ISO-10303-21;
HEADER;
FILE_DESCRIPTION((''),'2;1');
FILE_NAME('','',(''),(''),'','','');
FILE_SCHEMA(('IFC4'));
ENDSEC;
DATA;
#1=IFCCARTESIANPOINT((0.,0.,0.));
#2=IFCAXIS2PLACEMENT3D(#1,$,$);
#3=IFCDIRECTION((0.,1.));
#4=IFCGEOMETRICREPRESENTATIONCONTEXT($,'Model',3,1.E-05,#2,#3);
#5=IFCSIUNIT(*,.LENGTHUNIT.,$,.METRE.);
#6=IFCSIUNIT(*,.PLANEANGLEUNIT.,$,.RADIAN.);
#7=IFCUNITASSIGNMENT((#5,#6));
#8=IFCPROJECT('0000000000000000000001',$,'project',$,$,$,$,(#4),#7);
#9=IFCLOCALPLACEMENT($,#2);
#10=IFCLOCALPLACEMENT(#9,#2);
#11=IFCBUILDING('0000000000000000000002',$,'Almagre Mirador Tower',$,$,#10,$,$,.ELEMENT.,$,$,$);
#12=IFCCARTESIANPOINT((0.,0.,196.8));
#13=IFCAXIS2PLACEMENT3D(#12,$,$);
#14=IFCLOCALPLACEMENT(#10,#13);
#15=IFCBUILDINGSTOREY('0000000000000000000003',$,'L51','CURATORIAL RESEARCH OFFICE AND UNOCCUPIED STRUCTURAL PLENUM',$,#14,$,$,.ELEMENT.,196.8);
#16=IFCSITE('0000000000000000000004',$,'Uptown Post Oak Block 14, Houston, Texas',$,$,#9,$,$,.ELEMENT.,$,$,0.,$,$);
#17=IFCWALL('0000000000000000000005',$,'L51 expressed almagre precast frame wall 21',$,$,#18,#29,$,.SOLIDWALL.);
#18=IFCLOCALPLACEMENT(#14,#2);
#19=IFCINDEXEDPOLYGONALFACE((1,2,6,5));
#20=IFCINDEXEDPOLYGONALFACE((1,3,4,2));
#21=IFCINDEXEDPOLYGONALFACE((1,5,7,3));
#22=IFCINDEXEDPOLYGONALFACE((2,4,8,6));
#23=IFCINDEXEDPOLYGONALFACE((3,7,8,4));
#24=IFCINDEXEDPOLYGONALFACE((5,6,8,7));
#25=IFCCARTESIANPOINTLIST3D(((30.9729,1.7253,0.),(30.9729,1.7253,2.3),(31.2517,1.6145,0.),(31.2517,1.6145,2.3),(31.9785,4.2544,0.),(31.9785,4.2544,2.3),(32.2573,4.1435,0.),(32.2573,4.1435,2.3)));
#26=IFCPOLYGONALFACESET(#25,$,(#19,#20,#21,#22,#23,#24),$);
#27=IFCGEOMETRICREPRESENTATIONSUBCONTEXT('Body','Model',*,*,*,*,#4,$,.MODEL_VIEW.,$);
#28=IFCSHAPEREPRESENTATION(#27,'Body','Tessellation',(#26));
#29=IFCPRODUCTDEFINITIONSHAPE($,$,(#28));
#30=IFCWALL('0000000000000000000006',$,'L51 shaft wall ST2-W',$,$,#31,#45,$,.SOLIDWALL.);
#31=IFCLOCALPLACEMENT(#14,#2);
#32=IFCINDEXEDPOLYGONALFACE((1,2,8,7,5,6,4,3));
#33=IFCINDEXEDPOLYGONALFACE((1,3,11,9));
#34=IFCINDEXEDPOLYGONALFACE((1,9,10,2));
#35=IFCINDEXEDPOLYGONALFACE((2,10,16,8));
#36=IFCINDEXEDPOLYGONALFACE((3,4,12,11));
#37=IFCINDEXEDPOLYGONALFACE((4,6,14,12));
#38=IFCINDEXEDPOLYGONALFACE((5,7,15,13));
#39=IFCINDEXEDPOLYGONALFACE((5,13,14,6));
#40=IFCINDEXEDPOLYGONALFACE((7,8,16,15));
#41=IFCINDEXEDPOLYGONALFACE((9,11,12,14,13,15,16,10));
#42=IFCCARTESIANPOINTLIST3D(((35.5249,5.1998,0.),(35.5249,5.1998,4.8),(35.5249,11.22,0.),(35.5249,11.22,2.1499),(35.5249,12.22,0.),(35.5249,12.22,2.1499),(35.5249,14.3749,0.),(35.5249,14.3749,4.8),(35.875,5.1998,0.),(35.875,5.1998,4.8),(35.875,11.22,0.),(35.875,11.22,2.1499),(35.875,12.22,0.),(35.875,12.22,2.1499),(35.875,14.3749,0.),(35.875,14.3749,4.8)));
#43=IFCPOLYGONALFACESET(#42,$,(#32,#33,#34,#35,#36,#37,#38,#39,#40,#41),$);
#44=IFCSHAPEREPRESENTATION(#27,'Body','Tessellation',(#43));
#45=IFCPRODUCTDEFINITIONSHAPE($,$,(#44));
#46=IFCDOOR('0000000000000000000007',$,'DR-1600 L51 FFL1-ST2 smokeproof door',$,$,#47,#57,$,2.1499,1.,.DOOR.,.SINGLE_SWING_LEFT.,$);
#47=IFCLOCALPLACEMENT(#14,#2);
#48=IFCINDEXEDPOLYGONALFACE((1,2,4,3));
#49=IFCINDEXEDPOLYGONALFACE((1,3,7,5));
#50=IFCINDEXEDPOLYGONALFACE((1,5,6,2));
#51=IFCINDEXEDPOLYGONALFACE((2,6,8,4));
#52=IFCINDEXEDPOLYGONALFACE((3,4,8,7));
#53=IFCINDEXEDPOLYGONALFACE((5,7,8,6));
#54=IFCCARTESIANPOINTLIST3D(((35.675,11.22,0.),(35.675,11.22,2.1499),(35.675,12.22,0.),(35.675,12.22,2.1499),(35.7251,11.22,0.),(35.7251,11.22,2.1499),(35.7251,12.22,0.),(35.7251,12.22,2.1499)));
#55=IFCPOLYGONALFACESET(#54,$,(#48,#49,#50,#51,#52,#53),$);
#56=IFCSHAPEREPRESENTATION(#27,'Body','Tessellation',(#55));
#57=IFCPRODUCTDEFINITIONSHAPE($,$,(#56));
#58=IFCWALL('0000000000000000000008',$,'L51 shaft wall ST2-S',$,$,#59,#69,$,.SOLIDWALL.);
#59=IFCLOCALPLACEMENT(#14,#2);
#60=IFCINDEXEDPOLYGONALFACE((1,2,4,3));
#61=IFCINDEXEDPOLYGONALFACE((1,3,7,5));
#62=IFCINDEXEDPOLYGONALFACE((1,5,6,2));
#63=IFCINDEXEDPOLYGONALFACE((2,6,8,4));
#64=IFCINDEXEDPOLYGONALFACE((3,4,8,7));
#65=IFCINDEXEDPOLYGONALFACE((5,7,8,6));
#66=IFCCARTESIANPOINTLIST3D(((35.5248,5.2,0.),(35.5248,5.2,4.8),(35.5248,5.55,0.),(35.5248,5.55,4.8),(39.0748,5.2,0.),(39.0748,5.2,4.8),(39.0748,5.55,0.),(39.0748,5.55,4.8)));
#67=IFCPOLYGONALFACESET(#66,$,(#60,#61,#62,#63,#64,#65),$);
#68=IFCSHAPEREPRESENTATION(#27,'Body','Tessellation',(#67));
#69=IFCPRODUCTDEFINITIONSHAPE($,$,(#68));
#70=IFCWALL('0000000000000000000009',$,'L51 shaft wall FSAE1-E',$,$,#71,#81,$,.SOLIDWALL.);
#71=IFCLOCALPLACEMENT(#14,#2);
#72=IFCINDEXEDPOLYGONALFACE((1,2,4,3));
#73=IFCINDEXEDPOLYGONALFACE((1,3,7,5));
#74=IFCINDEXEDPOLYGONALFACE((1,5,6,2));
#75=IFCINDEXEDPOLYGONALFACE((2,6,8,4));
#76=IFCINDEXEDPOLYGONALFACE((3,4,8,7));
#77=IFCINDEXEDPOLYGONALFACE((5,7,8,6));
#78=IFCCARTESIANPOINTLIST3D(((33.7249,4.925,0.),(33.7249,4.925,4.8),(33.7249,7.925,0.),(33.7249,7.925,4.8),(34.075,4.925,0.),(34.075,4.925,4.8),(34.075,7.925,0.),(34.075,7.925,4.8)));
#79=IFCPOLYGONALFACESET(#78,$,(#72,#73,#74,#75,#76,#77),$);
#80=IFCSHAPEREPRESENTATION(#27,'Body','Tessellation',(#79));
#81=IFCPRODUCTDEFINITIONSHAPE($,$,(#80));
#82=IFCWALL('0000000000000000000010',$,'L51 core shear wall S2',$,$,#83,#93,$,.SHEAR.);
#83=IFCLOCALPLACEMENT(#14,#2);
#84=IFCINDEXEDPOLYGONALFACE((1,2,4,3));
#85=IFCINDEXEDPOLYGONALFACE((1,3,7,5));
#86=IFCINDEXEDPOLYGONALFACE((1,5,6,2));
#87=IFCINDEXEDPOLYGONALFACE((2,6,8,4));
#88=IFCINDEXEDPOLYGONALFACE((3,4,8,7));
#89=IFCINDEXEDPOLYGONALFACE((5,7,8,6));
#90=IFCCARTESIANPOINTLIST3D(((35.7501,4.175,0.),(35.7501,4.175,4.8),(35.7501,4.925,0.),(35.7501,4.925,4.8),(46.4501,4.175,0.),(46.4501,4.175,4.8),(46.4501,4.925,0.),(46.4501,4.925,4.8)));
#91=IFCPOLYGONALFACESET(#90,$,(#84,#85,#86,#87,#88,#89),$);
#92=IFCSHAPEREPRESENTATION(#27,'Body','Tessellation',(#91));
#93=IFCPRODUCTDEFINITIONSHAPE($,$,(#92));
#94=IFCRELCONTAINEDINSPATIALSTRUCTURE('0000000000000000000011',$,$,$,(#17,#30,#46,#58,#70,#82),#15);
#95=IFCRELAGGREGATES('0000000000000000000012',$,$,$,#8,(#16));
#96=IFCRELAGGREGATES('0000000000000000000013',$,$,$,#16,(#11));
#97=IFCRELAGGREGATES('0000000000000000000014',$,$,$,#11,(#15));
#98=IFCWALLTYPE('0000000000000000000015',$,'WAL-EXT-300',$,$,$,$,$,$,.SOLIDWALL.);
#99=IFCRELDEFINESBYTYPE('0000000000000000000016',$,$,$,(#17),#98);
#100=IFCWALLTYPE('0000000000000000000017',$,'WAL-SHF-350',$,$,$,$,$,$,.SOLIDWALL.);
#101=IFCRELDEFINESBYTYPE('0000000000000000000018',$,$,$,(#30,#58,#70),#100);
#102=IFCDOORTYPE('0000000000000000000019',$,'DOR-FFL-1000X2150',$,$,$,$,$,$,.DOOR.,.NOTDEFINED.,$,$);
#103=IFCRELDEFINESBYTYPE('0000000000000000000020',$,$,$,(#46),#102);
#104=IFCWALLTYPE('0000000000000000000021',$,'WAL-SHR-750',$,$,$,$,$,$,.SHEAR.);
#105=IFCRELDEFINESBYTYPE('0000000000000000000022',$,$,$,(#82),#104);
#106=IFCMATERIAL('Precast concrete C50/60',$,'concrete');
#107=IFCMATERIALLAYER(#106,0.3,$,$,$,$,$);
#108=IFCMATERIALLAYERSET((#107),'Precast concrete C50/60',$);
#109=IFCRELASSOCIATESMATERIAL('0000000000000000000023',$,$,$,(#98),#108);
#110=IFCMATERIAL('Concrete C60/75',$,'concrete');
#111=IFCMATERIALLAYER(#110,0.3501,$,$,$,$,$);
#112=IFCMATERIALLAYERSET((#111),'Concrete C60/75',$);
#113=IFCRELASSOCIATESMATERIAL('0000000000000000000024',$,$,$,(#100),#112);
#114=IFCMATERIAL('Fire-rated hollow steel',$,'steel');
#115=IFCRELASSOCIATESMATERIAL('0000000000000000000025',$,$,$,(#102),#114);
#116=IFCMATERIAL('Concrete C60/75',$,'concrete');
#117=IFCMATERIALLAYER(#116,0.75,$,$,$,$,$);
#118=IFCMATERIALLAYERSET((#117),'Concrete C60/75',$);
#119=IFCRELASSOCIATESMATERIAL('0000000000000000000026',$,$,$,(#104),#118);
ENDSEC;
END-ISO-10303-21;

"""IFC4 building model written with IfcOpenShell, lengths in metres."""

from ifc_helpers import new_model, si_unit, direction, frame, frame_2d, origin, place, context, subcontext, project, spatial, rectangle, extrude, material, layer, layer_set, type_object, element, fill, save


model = new_model("IFC4")

# Units and contexts
model_context = context("Model", 3, precision=1e-05, world=origin(), true_north=direction((0.0, 1.0)))
body_context = subcontext(model_context, "Body", "Model", "MODEL_VIEW")
ifc_project = project(units=[si_unit("LENGTHUNIT", "METRE"), si_unit("PLANEANGLEUNIT", "RADIAN")], contexts=[model_context])

# Site, building, storey
site_placement = place(None, origin())
site = spatial("IfcSite", under=ifc_project, at=site_placement, Name="Uptown Post Oak Block 14, Houston, Texas", CompositionType="ELEMENT", RefElevation=0.0)
building_placement = place(site_placement, origin())
building = spatial("IfcBuilding", under=site, at=building_placement, Name="Almagre Mirador Tower", CompositionType="ELEMENT")
storey_placement = place(building_placement, frame((0.0, 0.0, 196.8)))
storey = spatial("IfcBuildingStorey", under=building, at=storey_placement, Name="L51", Description="CURATORIAL RESEARCH OFFICE AND UNOCCUPIED STRUCTURAL PLENUM", CompositionType="ELEMENT", Elevation=196.8)

# Wall
ifc_material_1 = material(Name="Precast concrete C50/60", Category="concrete")
ifc_layer_1 = layer(ifc_material_1, 0.3)
ifc_layer_set_1 = layer_set([ifc_layer_1], Name="Precast concrete C50/60")
wall_type_1 = type_object("IfcWallType", Name="WAL-EXT-300", PredefinedType="SOLIDWALL", material=ifc_layer_set_1)
wall_1_placement = place(storey_placement, frame((32.1179, 4.199, 0.0), z_axis=(0.0, 0.0, 1.0), x_axis=(-0.369488, -0.929236, 0.0)))
element("IfcWall", 1, at=wall_1_placement, inside=storey, type_object=wall_type_1, Name="L51 expressed almagre precast frame wall 21", PredefinedType="SOLIDWALL", context=body_context, shape_type="SweptSolid", body=[
    extrude(rectangle(XDim=2.7217, YDim=0.3, at=frame_2d((1.3608, 0.0))), origin(), (0.0, 0.0, 1.0), 2.3),
])

# Wall, opening, door
ifc_material_2 = material(Name="Concrete C60/75", Category="concrete")
ifc_layer_2 = layer(ifc_material_2, 0.3501)
ifc_layer_set_2 = layer_set([ifc_layer_2], Name="Concrete C60/75")
wall_type_2 = type_object("IfcWallType", Name="WAL-SHF-350", PredefinedType="SOLIDWALL", material=ifc_layer_set_2)
wall_2_placement = place(storey_placement, frame((35.7, 5.2, 0.0), z_axis=(0.0, 0.0, 1.0), x_axis=(0.0, 1.0, 0.0)))
wall_2 = element("IfcWall", 2, at=wall_2_placement, inside=storey, type_object=wall_type_2, Name="L51 shaft wall ST2-W", PredefinedType="SOLIDWALL", context=body_context, shape_type="SweptSolid", body=[
    extrude(rectangle(XDim=9.175, YDim=0.3501, at=frame_2d((4.5874, 0.0))), origin(), (0.0, 0.0, 1.0), 4.8),
])
opening_placement = place(wall_2_placement, frame((6.02, 0.0, 0.0)))
opening = element("IfcOpeningElement", 3, at=opening_placement, cuts=wall_2, PredefinedType="OPENING", context=body_context, shape_type="SweptSolid", body=[
    extrude(rectangle(XDim=1.0, YDim=2.1499, at=frame_2d((0.5, 1.075))), frame((0.0, 0.185, 0.0), z_axis=(0.0, -1.0, 0.0), x_axis=(1.0, 0.0, 0.0)), (0.0, 0.0, 1.0), 0.3701),
])
ifc_material_3 = material(Name="Fire-rated hollow steel", Category="steel")
door_type = type_object("IfcDoorType", Name="DOR-FFL-1000X2150", OperationType="NOTDEFINED", PredefinedType="DOOR", material=ifc_material_3)
door_placement = place(opening_placement, origin())
door = element("IfcDoor", 4, at=door_placement, inside=storey, type_object=door_type, Name="DR-1600 L51 FFL1-ST2 smokeproof door", OperationType="SINGLE_SWING_LEFT", OverallHeight=2.1499, OverallWidth=1.0, PredefinedType="DOOR", context=body_context, shape_type="SweptSolid", body=[
    extrude(rectangle(XDim=1.0, YDim=2.1499, at=frame_2d((0.5, 1.075))), frame((0.0, 0.0249, 0.0), z_axis=(0.0, -1.0, 0.0), x_axis=(1.0, 0.0, 0.0)), (0.0, 0.0, 1.0), 0.05),
])
fill(opening, door)

# Walls
wall_3_placement = place(storey_placement, frame((35.5249, 5.375, 0.0), z_axis=(0.0, 0.0, 1.0), x_axis=(1.0, 0.0, 0.0)))
element("IfcWall", 5, at=wall_3_placement, inside=storey, type_object=wall_type_2, Name="L51 shaft wall ST2-S", PredefinedType="SOLIDWALL", context=body_context, shape_type="SweptSolid", body=[
    extrude(rectangle(XDim=3.55, YDim=0.3501, at=frame_2d((1.7749, 0.0))), origin(), (0.0, 0.0, 1.0), 4.8),
])
wall_4_placement = place(storey_placement, frame((33.8999, 4.925, 0.0), z_axis=(0.0, 0.0, 1.0), x_axis=(0.0, 1.0, 0.0)))
element("IfcWall", 6, at=wall_4_placement, inside=storey, type_object=wall_type_2, Name="L51 shaft wall FSAE1-E", PredefinedType="SOLIDWALL", context=body_context, shape_type="SweptSolid", body=[
    extrude(rectangle(XDim=3.0, YDim=0.3501, at=frame_2d((1.5, 0.0))), origin(), (0.0, 0.0, 1.0), 4.8),
])
ifc_material_4 = material(Name="Concrete C60/75", Category="concrete")
ifc_layer_3 = layer(ifc_material_4, 0.75)
ifc_layer_set_3 = layer_set([ifc_layer_3], Name="Concrete C60/75")
wall_type_3 = type_object("IfcWallType", Name="WAL-SHR-750", PredefinedType="SHEAR", material=ifc_layer_set_3)
wall_5_placement = place(storey_placement, frame((35.75, 4.55, 0.0), z_axis=(0.0, 0.0, 1.0), x_axis=(1.0, 0.0, 0.0)))
element("IfcWall", 7, at=wall_5_placement, inside=storey, type_object=wall_type_3, Name="L51 core shear wall S2", PredefinedType="SHEAR", context=body_context, shape_type="SweptSolid", body=[
    extrude(rectangle(XDim=10.7, YDim=0.75, at=frame_2d((5.3501, 0.0))), origin(), (0.0, 0.0, 1.0), 4.8),
])

save(model, "model.ifc")
